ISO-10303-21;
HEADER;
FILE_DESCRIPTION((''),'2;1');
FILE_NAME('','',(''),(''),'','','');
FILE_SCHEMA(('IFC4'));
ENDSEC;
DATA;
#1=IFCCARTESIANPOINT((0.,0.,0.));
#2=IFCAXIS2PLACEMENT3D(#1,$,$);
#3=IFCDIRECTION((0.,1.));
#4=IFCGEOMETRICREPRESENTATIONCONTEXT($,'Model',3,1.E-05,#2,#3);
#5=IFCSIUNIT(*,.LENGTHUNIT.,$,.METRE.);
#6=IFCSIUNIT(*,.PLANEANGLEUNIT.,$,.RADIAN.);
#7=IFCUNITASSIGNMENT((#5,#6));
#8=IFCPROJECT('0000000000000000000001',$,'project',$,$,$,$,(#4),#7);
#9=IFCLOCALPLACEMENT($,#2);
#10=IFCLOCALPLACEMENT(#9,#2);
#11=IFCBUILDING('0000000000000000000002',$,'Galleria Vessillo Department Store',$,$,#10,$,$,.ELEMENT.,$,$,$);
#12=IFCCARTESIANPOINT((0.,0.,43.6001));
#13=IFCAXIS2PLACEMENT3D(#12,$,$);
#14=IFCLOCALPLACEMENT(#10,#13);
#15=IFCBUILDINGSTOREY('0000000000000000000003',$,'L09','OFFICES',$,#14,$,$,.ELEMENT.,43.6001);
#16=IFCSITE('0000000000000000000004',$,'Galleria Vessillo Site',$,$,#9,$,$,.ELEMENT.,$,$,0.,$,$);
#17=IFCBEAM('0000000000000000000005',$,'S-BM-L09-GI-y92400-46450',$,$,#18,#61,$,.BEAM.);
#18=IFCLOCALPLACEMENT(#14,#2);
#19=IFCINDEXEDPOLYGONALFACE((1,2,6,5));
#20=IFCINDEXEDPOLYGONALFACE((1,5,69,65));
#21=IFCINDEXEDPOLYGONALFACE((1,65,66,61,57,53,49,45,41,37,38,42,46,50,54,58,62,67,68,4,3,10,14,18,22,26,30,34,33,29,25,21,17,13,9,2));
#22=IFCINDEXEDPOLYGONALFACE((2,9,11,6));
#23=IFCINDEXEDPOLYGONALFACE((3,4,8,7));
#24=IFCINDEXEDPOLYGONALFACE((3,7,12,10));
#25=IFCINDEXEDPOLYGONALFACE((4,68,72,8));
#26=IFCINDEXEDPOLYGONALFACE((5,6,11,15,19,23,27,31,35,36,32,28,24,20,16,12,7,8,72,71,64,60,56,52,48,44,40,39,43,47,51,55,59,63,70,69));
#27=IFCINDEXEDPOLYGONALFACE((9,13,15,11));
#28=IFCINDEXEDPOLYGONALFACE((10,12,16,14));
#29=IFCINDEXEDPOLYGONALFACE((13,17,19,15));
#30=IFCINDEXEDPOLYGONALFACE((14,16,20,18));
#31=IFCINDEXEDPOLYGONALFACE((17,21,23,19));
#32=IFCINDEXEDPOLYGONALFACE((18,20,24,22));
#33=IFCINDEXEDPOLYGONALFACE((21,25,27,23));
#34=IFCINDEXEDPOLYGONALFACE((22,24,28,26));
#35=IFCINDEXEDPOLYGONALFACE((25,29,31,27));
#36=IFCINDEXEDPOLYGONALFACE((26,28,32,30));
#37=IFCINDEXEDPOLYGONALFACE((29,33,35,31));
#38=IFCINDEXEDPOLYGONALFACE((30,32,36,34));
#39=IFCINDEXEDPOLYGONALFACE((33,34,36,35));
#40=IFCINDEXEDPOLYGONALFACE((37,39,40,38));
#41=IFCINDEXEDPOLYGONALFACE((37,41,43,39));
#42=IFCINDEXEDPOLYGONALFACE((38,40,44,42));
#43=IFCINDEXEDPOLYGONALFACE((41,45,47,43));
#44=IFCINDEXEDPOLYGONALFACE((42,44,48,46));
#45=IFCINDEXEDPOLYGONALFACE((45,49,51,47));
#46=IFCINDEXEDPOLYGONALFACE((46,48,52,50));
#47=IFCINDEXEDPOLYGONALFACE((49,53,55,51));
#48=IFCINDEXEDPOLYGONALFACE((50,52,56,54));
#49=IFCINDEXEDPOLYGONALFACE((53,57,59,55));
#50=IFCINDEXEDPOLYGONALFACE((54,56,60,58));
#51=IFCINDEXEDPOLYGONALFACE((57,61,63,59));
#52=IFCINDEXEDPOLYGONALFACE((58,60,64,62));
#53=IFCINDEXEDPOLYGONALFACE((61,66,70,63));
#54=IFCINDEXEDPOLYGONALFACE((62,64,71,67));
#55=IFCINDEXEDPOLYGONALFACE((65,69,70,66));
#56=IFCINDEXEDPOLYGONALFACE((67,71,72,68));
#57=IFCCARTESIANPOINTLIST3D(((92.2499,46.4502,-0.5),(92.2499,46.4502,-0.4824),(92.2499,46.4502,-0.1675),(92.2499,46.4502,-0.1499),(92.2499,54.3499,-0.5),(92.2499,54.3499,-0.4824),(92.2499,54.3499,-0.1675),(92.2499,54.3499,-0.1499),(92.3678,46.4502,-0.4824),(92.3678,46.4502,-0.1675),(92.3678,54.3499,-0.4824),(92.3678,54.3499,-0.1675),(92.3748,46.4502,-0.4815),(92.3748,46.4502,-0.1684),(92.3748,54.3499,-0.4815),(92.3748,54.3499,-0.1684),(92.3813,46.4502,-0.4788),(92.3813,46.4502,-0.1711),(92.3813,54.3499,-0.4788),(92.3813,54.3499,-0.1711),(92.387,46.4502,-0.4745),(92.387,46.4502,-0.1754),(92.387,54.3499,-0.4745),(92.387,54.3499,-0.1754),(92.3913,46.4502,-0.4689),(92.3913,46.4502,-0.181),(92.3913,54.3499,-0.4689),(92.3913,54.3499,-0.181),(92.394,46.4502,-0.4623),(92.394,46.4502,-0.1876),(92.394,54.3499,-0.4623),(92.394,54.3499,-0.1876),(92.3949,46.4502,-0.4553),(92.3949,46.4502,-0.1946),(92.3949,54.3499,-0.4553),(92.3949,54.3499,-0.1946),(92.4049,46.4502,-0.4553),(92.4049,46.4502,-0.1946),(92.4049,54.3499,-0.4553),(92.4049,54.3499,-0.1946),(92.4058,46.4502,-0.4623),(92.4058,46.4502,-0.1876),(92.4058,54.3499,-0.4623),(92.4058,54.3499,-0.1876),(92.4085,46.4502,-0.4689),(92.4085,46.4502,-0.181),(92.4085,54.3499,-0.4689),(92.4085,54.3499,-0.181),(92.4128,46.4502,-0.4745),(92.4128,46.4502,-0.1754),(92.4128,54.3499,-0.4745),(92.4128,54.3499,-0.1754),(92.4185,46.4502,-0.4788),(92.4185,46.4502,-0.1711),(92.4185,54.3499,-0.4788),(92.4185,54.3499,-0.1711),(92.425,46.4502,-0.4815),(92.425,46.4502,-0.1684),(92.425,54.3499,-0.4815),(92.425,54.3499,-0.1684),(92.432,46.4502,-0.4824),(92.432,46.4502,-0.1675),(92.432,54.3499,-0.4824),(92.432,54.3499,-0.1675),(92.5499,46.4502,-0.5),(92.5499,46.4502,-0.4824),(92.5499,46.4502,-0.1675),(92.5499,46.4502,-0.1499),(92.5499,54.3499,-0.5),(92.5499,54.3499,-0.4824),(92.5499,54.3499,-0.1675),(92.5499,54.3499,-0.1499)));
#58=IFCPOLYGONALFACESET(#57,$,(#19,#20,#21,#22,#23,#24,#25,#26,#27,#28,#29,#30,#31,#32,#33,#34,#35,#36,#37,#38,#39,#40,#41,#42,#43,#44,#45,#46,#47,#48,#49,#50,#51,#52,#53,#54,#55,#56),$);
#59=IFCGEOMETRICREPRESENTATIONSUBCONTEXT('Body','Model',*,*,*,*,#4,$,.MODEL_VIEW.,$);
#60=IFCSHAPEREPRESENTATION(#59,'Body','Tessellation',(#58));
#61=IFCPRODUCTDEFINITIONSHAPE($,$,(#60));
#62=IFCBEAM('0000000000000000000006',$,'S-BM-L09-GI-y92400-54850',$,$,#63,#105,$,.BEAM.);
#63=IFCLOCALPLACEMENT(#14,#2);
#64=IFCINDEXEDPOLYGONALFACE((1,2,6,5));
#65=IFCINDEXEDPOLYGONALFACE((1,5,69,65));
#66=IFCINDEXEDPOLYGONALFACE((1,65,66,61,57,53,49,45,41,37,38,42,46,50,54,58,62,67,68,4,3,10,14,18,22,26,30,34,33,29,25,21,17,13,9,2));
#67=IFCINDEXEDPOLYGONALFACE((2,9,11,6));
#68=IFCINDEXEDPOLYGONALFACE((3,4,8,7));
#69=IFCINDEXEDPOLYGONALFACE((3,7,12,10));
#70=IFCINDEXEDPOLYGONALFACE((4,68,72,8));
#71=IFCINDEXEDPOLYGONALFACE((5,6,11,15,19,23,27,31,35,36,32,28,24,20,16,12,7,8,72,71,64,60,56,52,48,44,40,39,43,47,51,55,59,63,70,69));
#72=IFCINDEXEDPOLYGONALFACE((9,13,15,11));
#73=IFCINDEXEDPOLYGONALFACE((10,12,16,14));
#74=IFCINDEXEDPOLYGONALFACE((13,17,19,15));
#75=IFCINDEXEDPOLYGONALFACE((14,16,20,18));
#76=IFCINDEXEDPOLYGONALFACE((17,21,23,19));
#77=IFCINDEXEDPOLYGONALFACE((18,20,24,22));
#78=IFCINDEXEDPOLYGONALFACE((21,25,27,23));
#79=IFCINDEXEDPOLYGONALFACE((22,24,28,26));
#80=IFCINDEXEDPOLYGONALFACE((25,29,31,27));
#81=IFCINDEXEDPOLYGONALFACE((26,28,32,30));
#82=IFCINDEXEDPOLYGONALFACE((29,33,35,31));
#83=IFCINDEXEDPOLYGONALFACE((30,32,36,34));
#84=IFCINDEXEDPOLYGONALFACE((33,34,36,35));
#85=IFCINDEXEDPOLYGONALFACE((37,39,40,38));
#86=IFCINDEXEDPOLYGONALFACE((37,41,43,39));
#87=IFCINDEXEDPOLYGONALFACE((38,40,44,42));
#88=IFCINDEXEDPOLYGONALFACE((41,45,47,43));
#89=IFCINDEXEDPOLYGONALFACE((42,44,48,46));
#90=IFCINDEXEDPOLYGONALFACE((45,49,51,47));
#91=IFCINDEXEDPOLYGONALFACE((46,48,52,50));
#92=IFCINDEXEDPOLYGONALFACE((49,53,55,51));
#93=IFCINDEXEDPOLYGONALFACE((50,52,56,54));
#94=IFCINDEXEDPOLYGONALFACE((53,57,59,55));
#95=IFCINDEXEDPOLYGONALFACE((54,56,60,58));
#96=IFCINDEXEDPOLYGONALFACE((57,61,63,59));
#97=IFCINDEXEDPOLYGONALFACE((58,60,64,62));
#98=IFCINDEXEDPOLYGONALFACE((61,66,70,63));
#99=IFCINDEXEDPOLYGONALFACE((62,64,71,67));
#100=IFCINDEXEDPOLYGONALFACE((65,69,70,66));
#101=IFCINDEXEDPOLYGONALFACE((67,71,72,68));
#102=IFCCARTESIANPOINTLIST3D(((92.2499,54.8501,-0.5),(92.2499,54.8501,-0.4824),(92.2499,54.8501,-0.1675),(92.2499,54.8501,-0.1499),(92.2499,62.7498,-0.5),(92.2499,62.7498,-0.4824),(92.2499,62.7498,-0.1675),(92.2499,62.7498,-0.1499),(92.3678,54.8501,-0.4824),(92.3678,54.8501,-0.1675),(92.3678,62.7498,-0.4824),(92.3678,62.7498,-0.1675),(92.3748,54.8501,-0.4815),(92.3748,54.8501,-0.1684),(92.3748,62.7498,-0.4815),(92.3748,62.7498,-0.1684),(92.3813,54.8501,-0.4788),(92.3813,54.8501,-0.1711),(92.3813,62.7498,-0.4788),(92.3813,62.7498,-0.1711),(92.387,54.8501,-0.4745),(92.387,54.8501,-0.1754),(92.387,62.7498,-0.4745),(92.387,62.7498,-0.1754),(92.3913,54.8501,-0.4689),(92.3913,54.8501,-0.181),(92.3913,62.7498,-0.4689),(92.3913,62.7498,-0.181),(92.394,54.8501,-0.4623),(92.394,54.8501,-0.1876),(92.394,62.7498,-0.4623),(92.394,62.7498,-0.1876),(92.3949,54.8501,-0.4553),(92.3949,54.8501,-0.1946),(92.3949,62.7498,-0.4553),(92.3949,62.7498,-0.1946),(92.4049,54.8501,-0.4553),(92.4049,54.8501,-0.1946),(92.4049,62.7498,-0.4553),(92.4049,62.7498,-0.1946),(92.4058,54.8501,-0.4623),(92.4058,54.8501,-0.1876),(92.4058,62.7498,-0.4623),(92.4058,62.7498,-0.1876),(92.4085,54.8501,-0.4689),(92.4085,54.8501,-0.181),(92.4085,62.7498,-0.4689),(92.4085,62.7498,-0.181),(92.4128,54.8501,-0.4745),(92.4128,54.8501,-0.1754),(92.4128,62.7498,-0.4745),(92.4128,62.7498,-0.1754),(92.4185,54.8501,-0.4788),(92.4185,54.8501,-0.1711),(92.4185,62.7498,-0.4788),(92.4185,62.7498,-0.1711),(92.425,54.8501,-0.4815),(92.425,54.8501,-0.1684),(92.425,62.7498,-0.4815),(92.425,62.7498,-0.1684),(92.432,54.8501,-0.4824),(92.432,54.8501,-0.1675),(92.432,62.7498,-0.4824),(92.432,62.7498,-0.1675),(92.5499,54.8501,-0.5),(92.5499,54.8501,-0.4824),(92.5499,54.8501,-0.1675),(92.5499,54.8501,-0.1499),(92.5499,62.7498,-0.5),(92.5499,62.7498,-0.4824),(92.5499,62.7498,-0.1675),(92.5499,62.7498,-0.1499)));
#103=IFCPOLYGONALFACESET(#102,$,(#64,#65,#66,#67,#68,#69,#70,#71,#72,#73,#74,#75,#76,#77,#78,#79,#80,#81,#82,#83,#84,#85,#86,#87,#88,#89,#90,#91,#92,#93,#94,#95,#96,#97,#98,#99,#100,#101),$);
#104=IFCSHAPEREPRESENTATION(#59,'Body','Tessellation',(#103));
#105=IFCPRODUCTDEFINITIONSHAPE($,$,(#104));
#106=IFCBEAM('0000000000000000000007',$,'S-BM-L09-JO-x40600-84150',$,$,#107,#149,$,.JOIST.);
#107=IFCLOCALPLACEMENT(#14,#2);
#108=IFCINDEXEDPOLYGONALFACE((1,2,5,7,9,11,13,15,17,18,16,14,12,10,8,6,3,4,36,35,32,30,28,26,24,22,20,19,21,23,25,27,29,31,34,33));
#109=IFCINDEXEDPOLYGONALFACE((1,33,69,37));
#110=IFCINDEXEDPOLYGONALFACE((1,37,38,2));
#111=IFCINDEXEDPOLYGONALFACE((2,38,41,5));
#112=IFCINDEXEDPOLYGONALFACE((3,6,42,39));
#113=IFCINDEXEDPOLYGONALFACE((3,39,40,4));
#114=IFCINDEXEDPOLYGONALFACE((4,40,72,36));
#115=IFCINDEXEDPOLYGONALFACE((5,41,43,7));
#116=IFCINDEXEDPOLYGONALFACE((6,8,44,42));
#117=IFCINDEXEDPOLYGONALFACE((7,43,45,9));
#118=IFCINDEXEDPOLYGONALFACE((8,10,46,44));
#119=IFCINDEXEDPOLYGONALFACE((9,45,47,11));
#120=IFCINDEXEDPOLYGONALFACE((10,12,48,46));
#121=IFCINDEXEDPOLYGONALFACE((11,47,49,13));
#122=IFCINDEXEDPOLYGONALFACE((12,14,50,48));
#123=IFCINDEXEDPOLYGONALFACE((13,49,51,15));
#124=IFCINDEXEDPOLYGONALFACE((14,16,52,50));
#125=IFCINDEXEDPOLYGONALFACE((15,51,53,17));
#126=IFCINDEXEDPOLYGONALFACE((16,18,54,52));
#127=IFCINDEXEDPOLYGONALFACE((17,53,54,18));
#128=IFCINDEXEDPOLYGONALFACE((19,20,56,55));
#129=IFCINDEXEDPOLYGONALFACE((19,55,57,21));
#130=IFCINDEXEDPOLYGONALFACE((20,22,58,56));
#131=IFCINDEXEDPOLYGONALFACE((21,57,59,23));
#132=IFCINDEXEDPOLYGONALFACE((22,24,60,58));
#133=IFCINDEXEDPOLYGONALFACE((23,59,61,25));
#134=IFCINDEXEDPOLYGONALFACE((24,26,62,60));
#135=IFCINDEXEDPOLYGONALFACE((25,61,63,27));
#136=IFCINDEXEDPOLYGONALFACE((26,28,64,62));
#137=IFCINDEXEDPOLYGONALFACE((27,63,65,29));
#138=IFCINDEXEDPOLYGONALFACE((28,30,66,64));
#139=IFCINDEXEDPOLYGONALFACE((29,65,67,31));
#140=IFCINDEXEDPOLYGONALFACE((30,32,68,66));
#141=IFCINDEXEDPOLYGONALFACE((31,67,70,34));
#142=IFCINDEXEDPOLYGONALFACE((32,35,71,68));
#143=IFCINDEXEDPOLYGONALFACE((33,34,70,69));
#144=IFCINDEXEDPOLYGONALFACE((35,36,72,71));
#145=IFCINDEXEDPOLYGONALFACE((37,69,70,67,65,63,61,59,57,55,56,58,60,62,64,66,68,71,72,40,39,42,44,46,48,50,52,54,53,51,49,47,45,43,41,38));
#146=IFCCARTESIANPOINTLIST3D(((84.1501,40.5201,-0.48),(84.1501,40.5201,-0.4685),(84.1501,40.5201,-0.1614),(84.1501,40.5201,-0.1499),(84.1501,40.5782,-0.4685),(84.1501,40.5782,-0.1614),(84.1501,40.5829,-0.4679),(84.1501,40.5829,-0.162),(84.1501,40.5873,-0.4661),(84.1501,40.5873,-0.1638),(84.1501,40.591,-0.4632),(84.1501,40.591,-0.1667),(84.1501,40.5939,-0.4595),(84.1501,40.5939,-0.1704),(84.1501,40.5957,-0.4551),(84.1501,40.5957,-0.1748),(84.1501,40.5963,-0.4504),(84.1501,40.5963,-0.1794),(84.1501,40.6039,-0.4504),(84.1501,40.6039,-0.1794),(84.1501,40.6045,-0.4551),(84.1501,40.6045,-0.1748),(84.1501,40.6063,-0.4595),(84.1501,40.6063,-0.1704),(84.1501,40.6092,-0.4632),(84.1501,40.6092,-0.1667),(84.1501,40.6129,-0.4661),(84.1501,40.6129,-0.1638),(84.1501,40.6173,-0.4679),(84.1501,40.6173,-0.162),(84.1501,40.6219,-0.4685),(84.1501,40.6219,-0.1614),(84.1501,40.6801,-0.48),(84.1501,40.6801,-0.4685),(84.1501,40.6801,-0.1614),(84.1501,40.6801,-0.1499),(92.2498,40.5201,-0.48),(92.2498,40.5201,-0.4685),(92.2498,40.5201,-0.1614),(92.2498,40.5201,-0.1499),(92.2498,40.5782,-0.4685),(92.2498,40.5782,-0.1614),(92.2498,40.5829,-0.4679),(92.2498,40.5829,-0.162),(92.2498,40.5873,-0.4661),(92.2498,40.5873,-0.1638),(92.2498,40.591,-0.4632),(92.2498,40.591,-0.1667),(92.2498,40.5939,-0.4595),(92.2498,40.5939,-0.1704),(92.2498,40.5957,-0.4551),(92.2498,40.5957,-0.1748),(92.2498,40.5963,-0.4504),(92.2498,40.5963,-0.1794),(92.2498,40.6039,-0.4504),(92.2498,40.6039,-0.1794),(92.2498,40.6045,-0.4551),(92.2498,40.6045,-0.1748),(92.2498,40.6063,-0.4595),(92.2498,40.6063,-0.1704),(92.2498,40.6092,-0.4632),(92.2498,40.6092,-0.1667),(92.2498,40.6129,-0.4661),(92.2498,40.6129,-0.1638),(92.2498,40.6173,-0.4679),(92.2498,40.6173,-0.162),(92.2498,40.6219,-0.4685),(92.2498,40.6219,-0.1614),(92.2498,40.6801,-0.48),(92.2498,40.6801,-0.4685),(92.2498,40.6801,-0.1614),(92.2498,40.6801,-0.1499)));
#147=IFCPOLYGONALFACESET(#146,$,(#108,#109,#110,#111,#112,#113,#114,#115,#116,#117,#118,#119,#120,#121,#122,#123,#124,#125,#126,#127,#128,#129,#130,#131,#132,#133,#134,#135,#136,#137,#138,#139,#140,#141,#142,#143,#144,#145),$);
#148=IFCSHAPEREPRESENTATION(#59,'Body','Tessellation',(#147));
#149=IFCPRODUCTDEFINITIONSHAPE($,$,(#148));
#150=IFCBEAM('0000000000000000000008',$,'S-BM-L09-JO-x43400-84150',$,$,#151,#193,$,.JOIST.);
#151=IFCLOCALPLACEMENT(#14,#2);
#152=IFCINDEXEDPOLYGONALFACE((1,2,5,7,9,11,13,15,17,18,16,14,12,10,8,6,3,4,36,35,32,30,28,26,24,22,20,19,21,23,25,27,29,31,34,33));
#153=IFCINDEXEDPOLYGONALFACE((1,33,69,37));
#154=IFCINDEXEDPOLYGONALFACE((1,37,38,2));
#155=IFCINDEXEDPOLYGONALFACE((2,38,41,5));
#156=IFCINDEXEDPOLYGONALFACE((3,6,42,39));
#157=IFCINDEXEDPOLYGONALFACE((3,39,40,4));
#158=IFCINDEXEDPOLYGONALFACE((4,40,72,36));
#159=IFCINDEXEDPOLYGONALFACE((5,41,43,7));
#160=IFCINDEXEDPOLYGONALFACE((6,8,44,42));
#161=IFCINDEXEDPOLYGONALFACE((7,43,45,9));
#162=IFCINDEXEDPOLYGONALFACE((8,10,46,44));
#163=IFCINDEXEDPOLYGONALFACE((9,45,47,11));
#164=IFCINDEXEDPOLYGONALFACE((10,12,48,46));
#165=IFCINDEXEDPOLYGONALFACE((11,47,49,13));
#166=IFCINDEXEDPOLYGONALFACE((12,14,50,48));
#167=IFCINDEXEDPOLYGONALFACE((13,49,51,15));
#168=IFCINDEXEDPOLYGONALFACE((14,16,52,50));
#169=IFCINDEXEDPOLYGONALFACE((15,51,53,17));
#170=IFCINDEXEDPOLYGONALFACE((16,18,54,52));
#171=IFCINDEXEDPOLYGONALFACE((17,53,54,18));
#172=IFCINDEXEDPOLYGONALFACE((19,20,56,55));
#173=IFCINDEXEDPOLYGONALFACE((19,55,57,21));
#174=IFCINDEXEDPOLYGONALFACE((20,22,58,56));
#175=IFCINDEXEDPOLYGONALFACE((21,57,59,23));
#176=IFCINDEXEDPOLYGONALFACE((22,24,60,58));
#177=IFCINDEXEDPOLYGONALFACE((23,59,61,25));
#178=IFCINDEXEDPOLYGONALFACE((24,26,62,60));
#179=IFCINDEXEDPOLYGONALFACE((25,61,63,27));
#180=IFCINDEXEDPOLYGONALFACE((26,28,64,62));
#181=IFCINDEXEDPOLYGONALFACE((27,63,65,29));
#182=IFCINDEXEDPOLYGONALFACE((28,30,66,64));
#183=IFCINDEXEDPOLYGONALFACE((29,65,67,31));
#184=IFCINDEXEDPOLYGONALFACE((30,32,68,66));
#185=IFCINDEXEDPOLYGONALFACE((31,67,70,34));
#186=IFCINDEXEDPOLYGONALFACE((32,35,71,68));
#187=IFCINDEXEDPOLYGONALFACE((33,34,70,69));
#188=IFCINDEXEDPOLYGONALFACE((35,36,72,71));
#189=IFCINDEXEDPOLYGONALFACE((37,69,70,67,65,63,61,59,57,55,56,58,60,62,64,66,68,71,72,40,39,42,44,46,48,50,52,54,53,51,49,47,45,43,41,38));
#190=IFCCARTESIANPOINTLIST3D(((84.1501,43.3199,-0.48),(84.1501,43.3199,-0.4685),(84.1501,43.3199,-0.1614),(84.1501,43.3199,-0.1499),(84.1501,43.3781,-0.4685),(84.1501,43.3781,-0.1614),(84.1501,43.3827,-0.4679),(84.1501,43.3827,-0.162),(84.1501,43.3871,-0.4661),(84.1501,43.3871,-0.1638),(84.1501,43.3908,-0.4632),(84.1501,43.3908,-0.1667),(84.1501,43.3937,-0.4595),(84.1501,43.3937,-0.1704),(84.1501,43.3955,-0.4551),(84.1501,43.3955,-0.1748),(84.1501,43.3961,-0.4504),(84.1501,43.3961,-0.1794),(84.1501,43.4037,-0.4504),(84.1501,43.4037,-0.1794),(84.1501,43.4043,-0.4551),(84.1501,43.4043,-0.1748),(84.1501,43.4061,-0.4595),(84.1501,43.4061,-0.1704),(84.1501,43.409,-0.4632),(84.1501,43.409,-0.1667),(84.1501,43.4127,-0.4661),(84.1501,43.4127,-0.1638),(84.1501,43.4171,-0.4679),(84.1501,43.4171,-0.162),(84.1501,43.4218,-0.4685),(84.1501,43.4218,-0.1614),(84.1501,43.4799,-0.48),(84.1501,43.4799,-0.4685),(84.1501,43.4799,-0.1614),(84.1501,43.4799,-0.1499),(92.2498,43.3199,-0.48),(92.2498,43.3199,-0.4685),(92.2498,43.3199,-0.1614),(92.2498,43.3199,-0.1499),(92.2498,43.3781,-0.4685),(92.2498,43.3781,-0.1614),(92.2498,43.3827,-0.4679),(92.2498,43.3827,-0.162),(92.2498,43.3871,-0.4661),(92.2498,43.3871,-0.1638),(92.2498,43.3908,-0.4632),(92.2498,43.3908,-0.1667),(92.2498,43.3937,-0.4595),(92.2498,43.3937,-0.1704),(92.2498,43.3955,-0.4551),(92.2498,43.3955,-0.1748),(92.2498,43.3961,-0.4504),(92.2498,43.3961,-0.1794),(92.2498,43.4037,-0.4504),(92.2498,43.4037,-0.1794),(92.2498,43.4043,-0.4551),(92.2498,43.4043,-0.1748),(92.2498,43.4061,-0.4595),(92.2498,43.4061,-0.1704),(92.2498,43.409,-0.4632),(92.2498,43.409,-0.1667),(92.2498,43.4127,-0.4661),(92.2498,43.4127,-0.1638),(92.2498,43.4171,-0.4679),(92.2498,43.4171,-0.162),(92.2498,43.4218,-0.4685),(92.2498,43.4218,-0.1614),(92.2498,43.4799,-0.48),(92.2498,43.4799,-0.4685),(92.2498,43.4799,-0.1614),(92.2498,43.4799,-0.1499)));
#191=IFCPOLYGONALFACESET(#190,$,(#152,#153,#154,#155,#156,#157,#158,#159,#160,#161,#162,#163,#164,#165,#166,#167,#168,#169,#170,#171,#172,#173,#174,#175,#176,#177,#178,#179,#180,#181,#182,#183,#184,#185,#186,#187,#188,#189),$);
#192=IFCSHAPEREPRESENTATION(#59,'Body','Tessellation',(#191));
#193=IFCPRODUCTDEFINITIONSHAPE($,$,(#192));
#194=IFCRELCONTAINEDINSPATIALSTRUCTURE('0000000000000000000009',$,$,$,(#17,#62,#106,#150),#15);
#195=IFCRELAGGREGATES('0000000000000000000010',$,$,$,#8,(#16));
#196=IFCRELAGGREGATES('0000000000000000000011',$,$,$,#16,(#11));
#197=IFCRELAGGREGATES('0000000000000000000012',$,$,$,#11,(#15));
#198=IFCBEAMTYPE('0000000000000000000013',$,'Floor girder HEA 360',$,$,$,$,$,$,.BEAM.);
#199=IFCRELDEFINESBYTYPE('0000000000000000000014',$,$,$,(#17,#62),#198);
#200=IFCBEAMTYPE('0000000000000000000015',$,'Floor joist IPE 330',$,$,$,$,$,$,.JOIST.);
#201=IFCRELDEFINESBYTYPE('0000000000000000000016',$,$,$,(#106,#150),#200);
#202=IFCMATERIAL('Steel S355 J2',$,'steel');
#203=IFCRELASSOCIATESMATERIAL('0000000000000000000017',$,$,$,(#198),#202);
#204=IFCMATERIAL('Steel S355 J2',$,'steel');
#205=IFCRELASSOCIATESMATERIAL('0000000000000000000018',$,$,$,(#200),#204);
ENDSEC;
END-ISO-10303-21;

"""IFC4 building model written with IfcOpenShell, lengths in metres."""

from ifc_helpers import new_model, si_unit, direction, frame, origin, origin_2d, place, context, subcontext, project, spatial, i_section, extrude, material, material_profile, profile_set, type_object, element, save


model = new_model("IFC4")

# Units and contexts
model_context = context("Model", 3, precision=1e-05, world=origin(), true_north=direction((0.0, 1.0)))
body_context = subcontext(model_context, "Body", "Model", "MODEL_VIEW")
ifc_project = project(units=[si_unit("LENGTHUNIT", "METRE"), si_unit("PLANEANGLEUNIT", "RADIAN")], contexts=[model_context])

# Site, building, storey
site_placement = place(None, origin())
site = spatial("IfcSite", under=ifc_project, at=site_placement, Name="Galleria Vessillo Site", CompositionType="ELEMENT", RefElevation=0.0)
building_placement = place(site_placement, origin())
building = spatial("IfcBuilding", under=site, at=building_placement, Name="Galleria Vessillo Department Store", CompositionType="ELEMENT")
storey_placement = place(building_placement, frame((0.0, 0.0, 43.6001)))
storey = spatial("IfcBuildingStorey", under=building, at=storey_placement, Name="L09", Description="OFFICES", CompositionType="ELEMENT", Elevation=43.6001)

# Beams
ifc_material_1 = material(Name="Steel S355 J2", Category="steel")
ifc_material_profile_1 = material_profile(ifc_material_1, i_section(OverallWidth=0.3, OverallDepth=0.3501, WebThickness=0.01, FlangeThickness=0.0176, FilletRadius=0.0271, at=origin_2d()), Name="HEA 360")
ifc_profile_set_1 = profile_set([ifc_material_profile_1], Name="Steel S355 J2")
beam_type_1 = type_object("IfcBeamType", Name="Floor girder HEA 360", PredefinedType="BEAM", material=ifc_profile_set_1)
for number, where, z_axis, x_axis, name in (
    (1, (92.3999, 46.4502, -0.325), (0.0, 1.0, 0.0), (-1.0, 0.0, 0.0), "S-BM-L09-GI-y92400-46450"),
    (2, (92.3999, 54.8501, -0.325), (0.0, 1.0, 0.0), (-1.0, 0.0, 0.0), "S-BM-L09-GI-y92400-54850"),
):
    element("IfcBeam", number, at=place(storey_placement, frame(where, z_axis=z_axis, x_axis=x_axis)), inside=storey, type_object=beam_type_1, Name=name, PredefinedType="BEAM", context=body_context, shape_type="SweptSolid", body=[
        extrude(i_section(OverallWidth=0.3, OverallDepth=0.3501, WebThickness=0.01, FlangeThickness=0.0176, FilletRadius=0.0271, at=origin_2d()), origin(), (0.0, 0.0, 1.0), 7.8997),
    ])
ifc_material_2 = material(Name="Steel S355 J2", Category="steel")
ifc_material_profile_2 = material_profile(ifc_material_2, i_section(OverallWidth=0.1599, OverallDepth=0.3301, WebThickness=0.0076, FlangeThickness=0.0115, FilletRadius=0.0181, at=origin_2d()), Name="IPE 330")
ifc_profile_set_2 = profile_set([ifc_material_profile_2], Name="Steel S355 J2")
beam_type_2 = type_object("IfcBeamType", Name="Floor joist IPE 330", PredefinedType="JOIST", material=ifc_profile_set_2)
for number, where, z_axis, x_axis, name in (
    (3, (84.1501, 40.6001, -0.3149), (1.0, 0.0, 0.0), (0.0, 1.0, 0.0), "S-BM-L09-JO-x40600-84150"),
    (4, (84.1501, 43.3999, -0.3149), (1.0, 0.0, 0.0), (0.0, 1.0, 0.0), "S-BM-L09-JO-x43400-84150"),
):
    element("IfcBeam", number, at=place(storey_placement, frame(where, z_axis=z_axis, x_axis=x_axis)), inside=storey, type_object=beam_type_2, Name=name, PredefinedType="JOIST", context=body_context, shape_type="SweptSolid", body=[
        extrude(i_section(OverallWidth=0.1599, OverallDepth=0.3301, WebThickness=0.0076, FlangeThickness=0.0115, FilletRadius=0.0181, at=origin_2d()), origin(), (0.0, 0.0, 1.0), 8.0996),
    ])

save(model, "model.ifc")
